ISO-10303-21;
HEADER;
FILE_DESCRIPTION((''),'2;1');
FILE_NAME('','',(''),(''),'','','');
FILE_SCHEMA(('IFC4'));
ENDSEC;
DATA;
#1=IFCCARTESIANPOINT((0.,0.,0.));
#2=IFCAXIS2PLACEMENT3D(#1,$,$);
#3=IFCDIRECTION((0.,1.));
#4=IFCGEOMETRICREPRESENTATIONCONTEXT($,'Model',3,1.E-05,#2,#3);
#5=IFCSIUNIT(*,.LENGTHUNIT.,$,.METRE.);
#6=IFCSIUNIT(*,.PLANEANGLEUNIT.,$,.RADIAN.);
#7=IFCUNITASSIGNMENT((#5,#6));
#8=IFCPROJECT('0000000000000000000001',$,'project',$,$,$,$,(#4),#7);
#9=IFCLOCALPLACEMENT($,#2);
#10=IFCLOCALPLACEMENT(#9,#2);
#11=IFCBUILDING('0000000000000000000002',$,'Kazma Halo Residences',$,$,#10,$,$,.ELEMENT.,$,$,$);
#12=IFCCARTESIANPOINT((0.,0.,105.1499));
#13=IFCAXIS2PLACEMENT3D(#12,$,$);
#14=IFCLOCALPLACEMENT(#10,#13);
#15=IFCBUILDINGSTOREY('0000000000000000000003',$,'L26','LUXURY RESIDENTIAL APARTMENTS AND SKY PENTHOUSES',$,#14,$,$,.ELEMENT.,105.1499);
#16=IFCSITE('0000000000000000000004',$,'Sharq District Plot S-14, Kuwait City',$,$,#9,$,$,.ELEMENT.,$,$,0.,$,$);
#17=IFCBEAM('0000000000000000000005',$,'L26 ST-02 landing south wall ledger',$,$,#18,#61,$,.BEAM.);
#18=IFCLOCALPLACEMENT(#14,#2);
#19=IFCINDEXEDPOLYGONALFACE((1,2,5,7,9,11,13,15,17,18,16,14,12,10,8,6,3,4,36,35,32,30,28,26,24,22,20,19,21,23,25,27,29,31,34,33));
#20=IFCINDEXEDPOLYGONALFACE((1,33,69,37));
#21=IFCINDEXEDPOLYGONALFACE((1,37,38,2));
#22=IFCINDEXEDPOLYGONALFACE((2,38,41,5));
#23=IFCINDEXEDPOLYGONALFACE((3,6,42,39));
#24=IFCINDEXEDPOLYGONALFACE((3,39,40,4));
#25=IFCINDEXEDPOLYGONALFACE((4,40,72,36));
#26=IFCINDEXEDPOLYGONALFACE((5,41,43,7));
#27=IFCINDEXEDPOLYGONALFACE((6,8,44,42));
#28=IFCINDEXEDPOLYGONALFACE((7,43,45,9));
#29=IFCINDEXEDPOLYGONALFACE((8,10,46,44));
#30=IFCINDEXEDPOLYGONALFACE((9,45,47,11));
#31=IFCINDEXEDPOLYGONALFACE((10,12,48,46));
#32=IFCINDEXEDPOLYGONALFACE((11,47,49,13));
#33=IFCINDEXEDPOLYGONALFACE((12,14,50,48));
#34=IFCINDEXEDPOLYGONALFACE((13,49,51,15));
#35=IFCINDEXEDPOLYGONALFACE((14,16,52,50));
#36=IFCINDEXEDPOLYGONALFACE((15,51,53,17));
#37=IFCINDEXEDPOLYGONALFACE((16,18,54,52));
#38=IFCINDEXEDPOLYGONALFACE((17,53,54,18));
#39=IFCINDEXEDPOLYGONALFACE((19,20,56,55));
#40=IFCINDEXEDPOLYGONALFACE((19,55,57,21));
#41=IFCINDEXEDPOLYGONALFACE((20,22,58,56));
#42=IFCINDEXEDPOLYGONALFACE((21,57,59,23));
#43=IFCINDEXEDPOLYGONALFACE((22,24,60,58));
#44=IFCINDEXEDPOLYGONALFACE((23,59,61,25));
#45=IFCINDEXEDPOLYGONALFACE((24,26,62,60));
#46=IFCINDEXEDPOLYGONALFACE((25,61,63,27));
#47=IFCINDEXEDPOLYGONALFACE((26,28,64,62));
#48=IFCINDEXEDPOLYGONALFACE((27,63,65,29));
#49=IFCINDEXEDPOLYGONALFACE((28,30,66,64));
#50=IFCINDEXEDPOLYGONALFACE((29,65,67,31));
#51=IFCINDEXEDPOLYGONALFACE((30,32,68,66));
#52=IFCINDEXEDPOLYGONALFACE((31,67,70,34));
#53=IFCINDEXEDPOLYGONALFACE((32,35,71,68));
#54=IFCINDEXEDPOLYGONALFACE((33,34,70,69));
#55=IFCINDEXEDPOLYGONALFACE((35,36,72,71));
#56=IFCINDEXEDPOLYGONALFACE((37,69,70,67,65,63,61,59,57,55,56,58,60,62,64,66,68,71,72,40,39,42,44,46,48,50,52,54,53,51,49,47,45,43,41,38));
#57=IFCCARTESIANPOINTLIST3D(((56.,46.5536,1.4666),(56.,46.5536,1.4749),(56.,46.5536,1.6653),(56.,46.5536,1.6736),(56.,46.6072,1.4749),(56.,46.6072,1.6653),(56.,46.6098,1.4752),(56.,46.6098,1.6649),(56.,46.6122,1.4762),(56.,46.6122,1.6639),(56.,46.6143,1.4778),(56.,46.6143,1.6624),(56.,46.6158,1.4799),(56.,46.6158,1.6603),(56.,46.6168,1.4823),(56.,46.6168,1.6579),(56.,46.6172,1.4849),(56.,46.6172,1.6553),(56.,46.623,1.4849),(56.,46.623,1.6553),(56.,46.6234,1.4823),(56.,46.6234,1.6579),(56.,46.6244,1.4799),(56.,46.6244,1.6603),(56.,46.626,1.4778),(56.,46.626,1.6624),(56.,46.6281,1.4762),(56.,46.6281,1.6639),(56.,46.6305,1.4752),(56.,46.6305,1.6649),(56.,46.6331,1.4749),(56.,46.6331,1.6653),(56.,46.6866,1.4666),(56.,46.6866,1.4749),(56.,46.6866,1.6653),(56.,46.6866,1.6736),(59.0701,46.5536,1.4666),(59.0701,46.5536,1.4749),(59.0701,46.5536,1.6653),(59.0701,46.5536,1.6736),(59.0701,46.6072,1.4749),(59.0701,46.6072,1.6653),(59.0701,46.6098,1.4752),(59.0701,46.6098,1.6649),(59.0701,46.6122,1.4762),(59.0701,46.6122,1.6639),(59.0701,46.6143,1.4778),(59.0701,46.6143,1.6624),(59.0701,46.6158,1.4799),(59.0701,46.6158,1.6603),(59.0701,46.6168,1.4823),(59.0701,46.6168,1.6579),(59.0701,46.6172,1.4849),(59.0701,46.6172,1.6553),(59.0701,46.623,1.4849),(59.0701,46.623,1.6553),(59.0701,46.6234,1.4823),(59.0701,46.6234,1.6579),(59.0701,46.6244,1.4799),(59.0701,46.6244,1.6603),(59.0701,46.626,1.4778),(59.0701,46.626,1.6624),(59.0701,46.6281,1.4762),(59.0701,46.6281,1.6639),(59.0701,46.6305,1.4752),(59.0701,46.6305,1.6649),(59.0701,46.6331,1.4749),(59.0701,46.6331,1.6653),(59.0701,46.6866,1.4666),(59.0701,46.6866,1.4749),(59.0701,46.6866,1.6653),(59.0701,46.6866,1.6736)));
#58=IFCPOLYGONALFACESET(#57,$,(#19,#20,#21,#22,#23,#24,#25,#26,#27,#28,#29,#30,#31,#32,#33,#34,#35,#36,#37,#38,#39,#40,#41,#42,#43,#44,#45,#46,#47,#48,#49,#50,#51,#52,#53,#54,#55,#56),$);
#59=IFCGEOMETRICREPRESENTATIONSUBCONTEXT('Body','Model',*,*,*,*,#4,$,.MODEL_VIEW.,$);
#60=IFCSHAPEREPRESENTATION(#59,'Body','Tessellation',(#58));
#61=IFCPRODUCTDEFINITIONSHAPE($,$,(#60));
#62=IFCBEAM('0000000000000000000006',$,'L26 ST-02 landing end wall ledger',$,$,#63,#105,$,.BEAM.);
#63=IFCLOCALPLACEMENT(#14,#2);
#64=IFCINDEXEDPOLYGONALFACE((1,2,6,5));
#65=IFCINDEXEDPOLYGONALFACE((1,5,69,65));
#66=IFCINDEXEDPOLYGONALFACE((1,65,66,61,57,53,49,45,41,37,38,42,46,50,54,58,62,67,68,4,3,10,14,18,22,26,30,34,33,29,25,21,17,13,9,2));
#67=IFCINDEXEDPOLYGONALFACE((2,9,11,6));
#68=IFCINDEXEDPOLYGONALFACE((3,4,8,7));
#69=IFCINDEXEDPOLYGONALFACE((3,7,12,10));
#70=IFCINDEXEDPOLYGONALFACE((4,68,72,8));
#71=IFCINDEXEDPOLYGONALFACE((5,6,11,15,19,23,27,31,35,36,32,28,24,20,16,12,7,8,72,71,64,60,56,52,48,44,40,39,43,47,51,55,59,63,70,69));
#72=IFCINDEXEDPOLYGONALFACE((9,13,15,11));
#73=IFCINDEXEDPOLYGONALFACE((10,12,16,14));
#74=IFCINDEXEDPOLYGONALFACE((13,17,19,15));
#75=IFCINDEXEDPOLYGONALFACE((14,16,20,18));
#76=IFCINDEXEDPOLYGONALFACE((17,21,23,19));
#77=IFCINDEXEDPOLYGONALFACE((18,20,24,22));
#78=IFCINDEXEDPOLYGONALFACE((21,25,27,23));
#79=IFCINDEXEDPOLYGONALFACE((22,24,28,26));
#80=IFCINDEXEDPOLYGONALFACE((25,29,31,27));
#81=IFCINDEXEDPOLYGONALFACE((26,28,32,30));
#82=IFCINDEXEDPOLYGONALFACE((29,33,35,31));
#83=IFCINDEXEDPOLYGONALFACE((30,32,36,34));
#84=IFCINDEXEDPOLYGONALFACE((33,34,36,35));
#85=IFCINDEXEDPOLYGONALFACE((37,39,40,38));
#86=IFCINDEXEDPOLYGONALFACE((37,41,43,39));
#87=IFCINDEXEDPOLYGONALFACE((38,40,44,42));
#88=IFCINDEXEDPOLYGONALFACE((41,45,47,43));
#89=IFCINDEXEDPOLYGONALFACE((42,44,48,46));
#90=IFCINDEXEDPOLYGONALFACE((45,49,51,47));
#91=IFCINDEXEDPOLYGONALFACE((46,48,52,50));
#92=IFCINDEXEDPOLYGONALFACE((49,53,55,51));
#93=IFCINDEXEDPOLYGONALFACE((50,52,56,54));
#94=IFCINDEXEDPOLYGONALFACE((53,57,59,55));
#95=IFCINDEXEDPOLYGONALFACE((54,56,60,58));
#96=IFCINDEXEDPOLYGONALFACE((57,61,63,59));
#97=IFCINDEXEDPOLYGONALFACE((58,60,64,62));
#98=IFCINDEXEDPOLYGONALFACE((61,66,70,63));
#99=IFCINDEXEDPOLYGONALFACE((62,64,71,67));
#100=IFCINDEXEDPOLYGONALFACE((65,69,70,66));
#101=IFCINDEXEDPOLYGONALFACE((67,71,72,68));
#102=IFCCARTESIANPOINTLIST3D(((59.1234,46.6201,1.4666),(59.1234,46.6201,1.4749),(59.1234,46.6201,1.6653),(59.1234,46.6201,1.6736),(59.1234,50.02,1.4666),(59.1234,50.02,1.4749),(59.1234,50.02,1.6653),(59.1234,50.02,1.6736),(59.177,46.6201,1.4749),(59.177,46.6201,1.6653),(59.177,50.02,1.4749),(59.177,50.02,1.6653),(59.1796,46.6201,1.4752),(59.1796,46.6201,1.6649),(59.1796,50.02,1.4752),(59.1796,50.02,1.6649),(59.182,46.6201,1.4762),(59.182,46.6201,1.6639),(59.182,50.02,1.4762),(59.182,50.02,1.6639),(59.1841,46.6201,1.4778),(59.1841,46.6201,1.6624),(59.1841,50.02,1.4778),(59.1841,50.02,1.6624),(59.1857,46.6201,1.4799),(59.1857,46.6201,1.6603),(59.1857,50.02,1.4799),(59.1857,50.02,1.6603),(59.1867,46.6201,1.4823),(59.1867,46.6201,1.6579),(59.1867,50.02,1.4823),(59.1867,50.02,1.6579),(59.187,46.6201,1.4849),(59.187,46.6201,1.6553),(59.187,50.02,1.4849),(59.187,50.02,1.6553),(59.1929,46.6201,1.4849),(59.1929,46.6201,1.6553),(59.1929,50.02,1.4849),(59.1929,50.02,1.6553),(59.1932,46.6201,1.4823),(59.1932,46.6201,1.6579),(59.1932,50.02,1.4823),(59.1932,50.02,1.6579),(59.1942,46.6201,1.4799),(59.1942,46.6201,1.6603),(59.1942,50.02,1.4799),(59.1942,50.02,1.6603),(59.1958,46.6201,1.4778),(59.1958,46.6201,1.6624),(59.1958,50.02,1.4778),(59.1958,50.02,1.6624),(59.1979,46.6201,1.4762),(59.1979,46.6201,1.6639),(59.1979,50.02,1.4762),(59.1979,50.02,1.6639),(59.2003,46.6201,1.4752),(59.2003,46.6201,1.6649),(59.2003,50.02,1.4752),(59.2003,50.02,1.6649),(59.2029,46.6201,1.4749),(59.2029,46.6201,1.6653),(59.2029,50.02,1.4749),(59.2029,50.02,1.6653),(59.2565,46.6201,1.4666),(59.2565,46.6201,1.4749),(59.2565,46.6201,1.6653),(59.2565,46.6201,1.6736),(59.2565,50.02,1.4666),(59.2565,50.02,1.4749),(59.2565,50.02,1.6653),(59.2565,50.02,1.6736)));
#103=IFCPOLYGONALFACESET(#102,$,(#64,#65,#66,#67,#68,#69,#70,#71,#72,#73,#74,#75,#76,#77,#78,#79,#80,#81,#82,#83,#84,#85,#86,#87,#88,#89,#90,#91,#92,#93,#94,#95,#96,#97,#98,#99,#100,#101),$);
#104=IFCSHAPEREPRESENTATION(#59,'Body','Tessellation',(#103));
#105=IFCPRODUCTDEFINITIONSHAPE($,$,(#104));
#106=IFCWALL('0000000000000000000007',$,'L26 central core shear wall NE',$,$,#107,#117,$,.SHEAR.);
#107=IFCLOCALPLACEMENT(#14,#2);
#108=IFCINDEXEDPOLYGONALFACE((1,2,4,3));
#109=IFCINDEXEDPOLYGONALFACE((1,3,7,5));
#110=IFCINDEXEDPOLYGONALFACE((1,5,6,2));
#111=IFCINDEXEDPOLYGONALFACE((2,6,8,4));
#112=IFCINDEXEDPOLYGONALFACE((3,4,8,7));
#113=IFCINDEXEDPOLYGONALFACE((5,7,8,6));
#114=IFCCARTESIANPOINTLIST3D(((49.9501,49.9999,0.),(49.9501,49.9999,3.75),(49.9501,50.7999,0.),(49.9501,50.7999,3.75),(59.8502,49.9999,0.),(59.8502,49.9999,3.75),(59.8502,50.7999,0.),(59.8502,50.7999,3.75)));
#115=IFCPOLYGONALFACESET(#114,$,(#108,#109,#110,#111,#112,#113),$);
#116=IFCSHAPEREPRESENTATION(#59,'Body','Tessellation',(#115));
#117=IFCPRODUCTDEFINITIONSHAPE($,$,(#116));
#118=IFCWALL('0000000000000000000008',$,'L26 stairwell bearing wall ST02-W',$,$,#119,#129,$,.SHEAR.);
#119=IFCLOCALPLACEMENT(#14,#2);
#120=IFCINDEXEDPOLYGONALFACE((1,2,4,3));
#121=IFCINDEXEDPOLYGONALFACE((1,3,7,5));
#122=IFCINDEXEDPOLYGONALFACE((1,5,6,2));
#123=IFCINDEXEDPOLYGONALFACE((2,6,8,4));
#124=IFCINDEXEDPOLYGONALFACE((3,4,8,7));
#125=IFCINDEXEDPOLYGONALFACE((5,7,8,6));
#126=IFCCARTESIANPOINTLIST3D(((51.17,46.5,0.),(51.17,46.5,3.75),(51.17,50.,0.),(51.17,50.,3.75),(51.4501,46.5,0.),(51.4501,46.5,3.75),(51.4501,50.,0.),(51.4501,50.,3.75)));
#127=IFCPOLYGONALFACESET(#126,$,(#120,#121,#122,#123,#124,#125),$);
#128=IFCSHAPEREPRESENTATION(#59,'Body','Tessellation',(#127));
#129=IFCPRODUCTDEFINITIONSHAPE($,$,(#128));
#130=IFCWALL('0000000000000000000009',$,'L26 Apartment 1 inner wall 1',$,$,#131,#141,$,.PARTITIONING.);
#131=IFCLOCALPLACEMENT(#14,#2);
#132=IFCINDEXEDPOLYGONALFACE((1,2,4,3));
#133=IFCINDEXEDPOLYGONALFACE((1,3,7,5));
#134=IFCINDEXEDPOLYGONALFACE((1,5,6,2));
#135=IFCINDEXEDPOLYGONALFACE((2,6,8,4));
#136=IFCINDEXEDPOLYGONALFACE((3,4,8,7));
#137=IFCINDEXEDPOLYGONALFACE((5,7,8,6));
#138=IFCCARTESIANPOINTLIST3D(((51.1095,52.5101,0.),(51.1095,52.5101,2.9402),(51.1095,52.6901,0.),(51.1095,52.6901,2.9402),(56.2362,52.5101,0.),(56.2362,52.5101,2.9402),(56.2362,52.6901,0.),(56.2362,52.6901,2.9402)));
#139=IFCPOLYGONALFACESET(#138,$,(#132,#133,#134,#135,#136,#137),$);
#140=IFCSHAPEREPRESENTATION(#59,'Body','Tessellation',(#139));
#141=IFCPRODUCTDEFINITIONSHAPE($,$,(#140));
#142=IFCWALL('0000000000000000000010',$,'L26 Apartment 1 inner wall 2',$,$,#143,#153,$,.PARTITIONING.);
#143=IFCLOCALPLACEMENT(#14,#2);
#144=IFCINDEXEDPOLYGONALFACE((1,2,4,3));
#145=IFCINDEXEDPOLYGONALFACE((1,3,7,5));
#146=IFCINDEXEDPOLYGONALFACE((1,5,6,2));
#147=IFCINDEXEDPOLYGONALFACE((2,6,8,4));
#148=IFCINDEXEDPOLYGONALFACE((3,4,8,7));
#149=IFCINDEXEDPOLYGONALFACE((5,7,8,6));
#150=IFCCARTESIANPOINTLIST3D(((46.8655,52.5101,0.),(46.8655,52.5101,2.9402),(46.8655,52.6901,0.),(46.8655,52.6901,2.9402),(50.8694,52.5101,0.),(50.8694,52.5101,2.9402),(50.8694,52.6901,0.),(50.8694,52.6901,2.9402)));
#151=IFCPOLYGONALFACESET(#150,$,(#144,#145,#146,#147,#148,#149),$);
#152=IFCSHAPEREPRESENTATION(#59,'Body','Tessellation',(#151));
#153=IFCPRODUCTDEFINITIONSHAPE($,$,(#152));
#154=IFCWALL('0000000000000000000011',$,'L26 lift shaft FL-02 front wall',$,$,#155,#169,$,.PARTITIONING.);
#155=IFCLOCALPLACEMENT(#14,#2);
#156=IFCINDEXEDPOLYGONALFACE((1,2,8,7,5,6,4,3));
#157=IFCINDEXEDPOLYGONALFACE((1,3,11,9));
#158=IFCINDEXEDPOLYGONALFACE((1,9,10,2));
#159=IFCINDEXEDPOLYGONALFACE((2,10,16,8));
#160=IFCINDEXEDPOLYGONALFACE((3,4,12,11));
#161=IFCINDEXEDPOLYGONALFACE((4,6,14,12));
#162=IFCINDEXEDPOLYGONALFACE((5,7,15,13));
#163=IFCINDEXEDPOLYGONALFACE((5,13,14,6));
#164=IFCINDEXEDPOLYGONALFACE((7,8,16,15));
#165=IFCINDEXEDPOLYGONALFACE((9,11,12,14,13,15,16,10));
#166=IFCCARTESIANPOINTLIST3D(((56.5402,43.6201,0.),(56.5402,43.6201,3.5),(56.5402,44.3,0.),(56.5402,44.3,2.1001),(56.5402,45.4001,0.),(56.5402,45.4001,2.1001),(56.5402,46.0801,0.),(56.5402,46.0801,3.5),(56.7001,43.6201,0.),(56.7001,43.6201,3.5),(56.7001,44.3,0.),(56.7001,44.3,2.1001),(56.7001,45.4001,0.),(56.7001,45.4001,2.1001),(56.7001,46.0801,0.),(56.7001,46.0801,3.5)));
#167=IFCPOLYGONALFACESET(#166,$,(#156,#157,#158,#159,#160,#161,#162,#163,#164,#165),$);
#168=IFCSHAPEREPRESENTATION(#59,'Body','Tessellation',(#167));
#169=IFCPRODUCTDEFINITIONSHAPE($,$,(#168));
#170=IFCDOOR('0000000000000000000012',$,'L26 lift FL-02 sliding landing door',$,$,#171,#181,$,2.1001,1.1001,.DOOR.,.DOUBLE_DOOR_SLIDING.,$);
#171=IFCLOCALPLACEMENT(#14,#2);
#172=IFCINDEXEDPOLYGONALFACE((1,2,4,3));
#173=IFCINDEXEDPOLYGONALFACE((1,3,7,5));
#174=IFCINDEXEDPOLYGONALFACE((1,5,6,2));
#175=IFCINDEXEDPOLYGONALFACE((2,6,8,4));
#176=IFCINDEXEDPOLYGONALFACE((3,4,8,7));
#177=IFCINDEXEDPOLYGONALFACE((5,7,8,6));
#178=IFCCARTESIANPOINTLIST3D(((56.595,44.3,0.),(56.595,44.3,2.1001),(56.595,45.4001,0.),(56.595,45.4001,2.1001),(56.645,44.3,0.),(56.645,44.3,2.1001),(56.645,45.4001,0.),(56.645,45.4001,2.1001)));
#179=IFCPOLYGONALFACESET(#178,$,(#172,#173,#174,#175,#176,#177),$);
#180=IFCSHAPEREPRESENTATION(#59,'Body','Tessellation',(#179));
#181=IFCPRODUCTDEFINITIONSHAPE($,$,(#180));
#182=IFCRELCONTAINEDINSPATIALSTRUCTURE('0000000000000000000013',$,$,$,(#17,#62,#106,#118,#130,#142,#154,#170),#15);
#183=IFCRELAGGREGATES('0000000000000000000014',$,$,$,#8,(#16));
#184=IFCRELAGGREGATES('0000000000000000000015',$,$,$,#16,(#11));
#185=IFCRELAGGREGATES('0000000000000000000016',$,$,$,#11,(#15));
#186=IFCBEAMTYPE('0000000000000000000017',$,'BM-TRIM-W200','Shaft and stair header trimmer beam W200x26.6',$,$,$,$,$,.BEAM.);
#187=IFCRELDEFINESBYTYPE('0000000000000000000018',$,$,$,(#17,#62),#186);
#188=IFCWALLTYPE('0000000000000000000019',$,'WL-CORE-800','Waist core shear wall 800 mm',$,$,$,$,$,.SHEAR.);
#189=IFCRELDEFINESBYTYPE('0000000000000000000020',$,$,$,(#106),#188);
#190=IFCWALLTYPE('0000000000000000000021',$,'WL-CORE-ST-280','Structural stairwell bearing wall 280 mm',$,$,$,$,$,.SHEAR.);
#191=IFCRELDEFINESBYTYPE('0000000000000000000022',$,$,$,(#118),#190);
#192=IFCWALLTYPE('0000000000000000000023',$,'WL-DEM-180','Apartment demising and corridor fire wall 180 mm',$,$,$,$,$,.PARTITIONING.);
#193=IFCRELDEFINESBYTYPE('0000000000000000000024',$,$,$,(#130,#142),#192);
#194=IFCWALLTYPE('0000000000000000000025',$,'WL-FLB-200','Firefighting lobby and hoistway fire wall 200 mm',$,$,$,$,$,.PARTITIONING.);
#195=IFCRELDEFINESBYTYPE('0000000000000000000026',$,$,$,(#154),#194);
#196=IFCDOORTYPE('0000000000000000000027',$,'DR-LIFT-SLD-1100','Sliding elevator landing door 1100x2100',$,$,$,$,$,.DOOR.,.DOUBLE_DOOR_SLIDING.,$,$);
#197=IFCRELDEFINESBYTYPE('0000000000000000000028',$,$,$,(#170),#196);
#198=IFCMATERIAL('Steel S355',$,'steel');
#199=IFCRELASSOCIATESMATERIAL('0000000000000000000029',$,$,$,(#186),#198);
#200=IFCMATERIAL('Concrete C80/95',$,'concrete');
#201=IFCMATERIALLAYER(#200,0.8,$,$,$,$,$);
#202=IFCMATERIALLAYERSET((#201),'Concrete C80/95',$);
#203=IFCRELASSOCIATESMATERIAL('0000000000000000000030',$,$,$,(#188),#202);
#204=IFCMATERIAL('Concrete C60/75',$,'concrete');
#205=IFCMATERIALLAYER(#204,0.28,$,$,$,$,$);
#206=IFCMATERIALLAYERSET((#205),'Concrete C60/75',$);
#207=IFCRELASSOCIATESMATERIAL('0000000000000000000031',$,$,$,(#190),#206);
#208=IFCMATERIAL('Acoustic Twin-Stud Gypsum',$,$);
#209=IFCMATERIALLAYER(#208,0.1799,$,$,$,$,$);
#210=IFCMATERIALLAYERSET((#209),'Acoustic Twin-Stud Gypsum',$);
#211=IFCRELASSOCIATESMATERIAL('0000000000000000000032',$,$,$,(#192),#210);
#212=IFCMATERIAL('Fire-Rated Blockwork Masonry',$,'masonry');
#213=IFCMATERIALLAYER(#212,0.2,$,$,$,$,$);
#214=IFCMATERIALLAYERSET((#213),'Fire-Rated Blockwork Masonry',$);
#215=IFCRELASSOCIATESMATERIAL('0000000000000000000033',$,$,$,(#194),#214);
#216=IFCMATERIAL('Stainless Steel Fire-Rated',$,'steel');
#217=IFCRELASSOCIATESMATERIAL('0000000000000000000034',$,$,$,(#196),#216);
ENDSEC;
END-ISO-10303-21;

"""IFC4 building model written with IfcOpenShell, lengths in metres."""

from ifc_helpers import new_model, si_unit, direction, frame, frame_2d, origin, origin_2d, place, context, subcontext, project, spatial, rectangle, i_section, extrude, material, layer, layer_set, material_profile, profile_set, type_object, element, fill, save


model = new_model("IFC4")

# Units and contexts
model_context = context("Model", 3, precision=1e-05, world=origin(), true_north=direction((0.0, 1.0)))
body_context = subcontext(model_context, "Body", "Model", "MODEL_VIEW")
ifc_project = project(units=[si_unit("LENGTHUNIT", "METRE"), si_unit("PLANEANGLEUNIT", "RADIAN")], contexts=[model_context])

# Site, building, storey
site_placement = place(None, origin())
site = spatial("IfcSite", under=ifc_project, at=site_placement, Name="Sharq District Plot S-14, Kuwait City", CompositionType="ELEMENT", RefElevation=0.0)
building_placement = place(site_placement, origin())
building = spatial("IfcBuilding", under=site, at=building_placement, Name="Kazma Halo Residences", CompositionType="ELEMENT")
storey_placement = place(building_placement, frame((0.0, 0.0, 105.1499)))
storey = spatial("IfcBuildingStorey", under=building, at=storey_placement, Name="L26", Description="LUXURY RESIDENTIAL APARTMENTS AND SKY PENTHOUSES", CompositionType="ELEMENT", Elevation=105.1499)

# Shared definitions
ifc_material_1 = material(Name="Steel S355", Category="steel")

# Beams
ifc_material_profile_1 = material_profile(ifc_material_1, i_section(OverallWidth=0.1331, OverallDepth=0.207, WebThickness=0.0059, FlangeThickness=0.0083, FilletRadius=0.01, at=origin_2d()), Name="W200x26.6")
ifc_profile_set_1 = profile_set([ifc_material_profile_1], Name="Steel S355")
beam_type_1 = type_object("IfcBeamType", Name="BM-TRIM-W200", Description="Shaft and stair header trimmer beam W200x26.6", PredefinedType="BEAM", material=ifc_profile_set_1)
beam_1_placement = place(storey_placement, frame((56.0, 46.6201, 1.5701), z_axis=(1.0, 0.0, 0.0), x_axis=(0.0, 1.0, 0.0)))
element("IfcBeam", 1, at=beam_1_placement, inside=storey, type_object=beam_type_1, Name="L26 ST-02 landing south wall ledger", PredefinedType="BEAM", context=body_context, shape_type="SweptSolid", body=[
    extrude(i_section(OverallWidth=0.1331, OverallDepth=0.207, WebThickness=0.0059, FlangeThickness=0.0083, FilletRadius=0.01, at=origin_2d()), origin(), (0.0, 0.0, 1.0), 3.0701),
])
beam_2_placement = place(storey_placement, frame((59.1899, 46.6201, 1.5701), z_axis=(0.0, 1.0, 0.0), x_axis=(-1.0, 0.0, 0.0)))
element("IfcBeam", 2, at=beam_2_placement, inside=storey, type_object=beam_type_1, Name="L26 ST-02 landing end wall ledger", PredefinedType="BEAM", context=body_context, shape_type="SweptSolid", body=[
    extrude(i_section(OverallWidth=0.1331, OverallDepth=0.207, WebThickness=0.0059, FlangeThickness=0.0083, FilletRadius=0.01, at=origin_2d()), origin(), (0.0, 0.0, 1.0), 3.3999),
])

# Walls
ifc_material_2 = material(Name="Concrete C80/95", Category="concrete")
ifc_layer_1 = layer(ifc_material_2, 0.8)
ifc_layer_set_1 = layer_set([ifc_layer_1], Name="Concrete C80/95")
wall_type_1 = type_object("IfcWallType", Name="WL-CORE-800", Description="Waist core shear wall 800 mm", PredefinedType="SHEAR", material=ifc_layer_set_1)
wall_1_placement = place(storey_placement, frame((49.95, 50.3999, 0.0), z_axis=(0.0, 0.0, 1.0), x_axis=(1.0, 0.0, 0.0)))
element("IfcWall", 3, at=wall_1_placement, inside=storey, type_object=wall_type_1, Name="L26 central core shear wall NE", PredefinedType="SHEAR", context=body_context, shape_type="SweptSolid", body=[
    extrude(rectangle(XDim=9.9001, YDim=0.8, at=frame_2d((4.9502, 0.0))), origin(), (0.0, 0.0, 1.0), 3.75),
])
ifc_material_3 = material(Name="Concrete C60/75", Category="concrete")
ifc_layer_2 = layer(ifc_material_3, 0.28)
ifc_layer_set_2 = layer_set([ifc_layer_2], Name="Concrete C60/75")
wall_type_2 = type_object("IfcWallType", Name="WL-CORE-ST-280", Description="Structural stairwell bearing wall 280 mm", PredefinedType="SHEAR", material=ifc_layer_set_2)
wall_2_placement = place(storey_placement, frame((51.3101, 46.5, 0.0), z_axis=(0.0, 0.0, 1.0), x_axis=(0.0, 1.0, 0.0)))
element("IfcWall", 4, at=wall_2_placement, inside=storey, type_object=wall_type_2, Name="L26 stairwell bearing wall ST02-W", PredefinedType="SHEAR", context=body_context, shape_type="SweptSolid", body=[
    extrude(rectangle(XDim=3.5, YDim=0.28, at=frame_2d((1.75, 0.0))), origin(), (0.0, 0.0, 1.0), 3.75),
])
ifc_material_4 = material(Name="Acoustic Twin-Stud Gypsum")
ifc_layer_3 = layer(ifc_material_4, 0.1799)
ifc_layer_set_3 = layer_set([ifc_layer_3], Name="Acoustic Twin-Stud Gypsum")
wall_type_3 = type_object("IfcWallType", Name="WL-DEM-180", Description="Apartment demising and corridor fire wall 180 mm", PredefinedType="PARTITIONING", material=ifc_layer_set_3)
wall_3_placement = place(storey_placement, frame((56.2363, 52.6001, 0.0), z_axis=(0.0, 0.0, 1.0), x_axis=(-1.0, 0.0, 0.0)))
element("IfcWall", 5, at=wall_3_placement, inside=storey, type_object=wall_type_3, Name="L26 Apartment 1 inner wall 1", PredefinedType="PARTITIONING", context=body_context, shape_type="SweptSolid", body=[
    extrude(rectangle(XDim=5.1267, YDim=0.1799, at=frame_2d((2.5635, 0.0))), origin(), (0.0, 0.0, 1.0), 2.9402),
])
wall_4_placement = place(storey_placement, frame((50.8694, 52.6001, 0.0), z_axis=(0.0, 0.0, 1.0), x_axis=(-1.0, 0.0, 0.0)))
element("IfcWall", 6, at=wall_4_placement, inside=storey, type_object=wall_type_3, Name="L26 Apartment 1 inner wall 2", PredefinedType="PARTITIONING", context=body_context, shape_type="SweptSolid", body=[
    extrude(rectangle(XDim=4.0039, YDim=0.1799, at=frame_2d((2.002, 0.0))), origin(), (0.0, 0.0, 1.0), 2.9402),
])

# Wall, opening, door
ifc_material_5 = material(Name="Fire-Rated Blockwork Masonry", Category="masonry")
ifc_layer_4 = layer(ifc_material_5, 0.2)
ifc_layer_set_4 = layer_set([ifc_layer_4], Name="Fire-Rated Blockwork Masonry")
wall_type_4 = type_object("IfcWallType", Name="WL-FLB-200", Description="Firefighting lobby and hoistway fire wall 200 mm", PredefinedType="PARTITIONING", material=ifc_layer_set_4)
wall_5_placement = place(storey_placement, frame((56.6201, 46.0801, 0.0), z_axis=(0.0, 0.0, 1.0), x_axis=(0.0, -1.0, 0.0)))
wall_5 = element("IfcWall", 7, at=wall_5_placement, inside=storey, type_object=wall_type_4, Name="L26 lift shaft FL-02 front wall", PredefinedType="PARTITIONING", context=body_context, shape_type="SweptSolid", body=[
    extrude(rectangle(XDim=2.46, YDim=0.1599, at=frame_2d((1.23, 0.0))), origin(), (0.0, 0.0, 1.0), 3.5),
])
opening_1_placement = place(wall_5_placement, frame((0.6799, 0.0, 0.0)))
opening_1 = element("IfcOpeningElement", 8, at=opening_1_placement, cuts=wall_5, PredefinedType="OPENING", context=body_context, shape_type="SweptSolid", body=[
    extrude(rectangle(XDim=1.1001, YDim=2.1001, at=frame_2d((0.55, 1.05))), frame((0.0, 0.0898, 0.0), z_axis=(0.0, -1.0, 0.0), x_axis=(1.0, 0.0, 0.0)), (0.0, 0.0, 1.0), 0.1799),
])
ifc_material_6 = material(Name="Stainless Steel Fire-Rated", Category="steel")
door_type_1 = type_object("IfcDoorType", Name="DR-LIFT-SLD-1100", Description="Sliding elevator landing door 1100x2100", OperationType="DOUBLE_DOOR_SLIDING", PredefinedType="DOOR", material=ifc_material_6)
door_1_placement = place(opening_1_placement, origin())
door_1 = element("IfcDoor", 9, at=door_1_placement, inside=storey, type_object=door_type_1, Name="L26 lift FL-02 sliding landing door", OperationType="DOUBLE_DOOR_SLIDING", OverallHeight=2.1001, OverallWidth=1.1001, PredefinedType="DOOR", context=body_context, shape_type="SweptSolid", body=[
    extrude(rectangle(XDim=1.1001, YDim=2.1001, at=frame_2d((0.55, 1.05))), frame((0.0, 0.0249, 0.0), z_axis=(0.0, -1.0, 0.0), x_axis=(1.0, 0.0, 0.0)), (0.0, 0.0, 1.0), 0.05),
])
fill(opening_1, door_1)

save(model, "model.ifc")
